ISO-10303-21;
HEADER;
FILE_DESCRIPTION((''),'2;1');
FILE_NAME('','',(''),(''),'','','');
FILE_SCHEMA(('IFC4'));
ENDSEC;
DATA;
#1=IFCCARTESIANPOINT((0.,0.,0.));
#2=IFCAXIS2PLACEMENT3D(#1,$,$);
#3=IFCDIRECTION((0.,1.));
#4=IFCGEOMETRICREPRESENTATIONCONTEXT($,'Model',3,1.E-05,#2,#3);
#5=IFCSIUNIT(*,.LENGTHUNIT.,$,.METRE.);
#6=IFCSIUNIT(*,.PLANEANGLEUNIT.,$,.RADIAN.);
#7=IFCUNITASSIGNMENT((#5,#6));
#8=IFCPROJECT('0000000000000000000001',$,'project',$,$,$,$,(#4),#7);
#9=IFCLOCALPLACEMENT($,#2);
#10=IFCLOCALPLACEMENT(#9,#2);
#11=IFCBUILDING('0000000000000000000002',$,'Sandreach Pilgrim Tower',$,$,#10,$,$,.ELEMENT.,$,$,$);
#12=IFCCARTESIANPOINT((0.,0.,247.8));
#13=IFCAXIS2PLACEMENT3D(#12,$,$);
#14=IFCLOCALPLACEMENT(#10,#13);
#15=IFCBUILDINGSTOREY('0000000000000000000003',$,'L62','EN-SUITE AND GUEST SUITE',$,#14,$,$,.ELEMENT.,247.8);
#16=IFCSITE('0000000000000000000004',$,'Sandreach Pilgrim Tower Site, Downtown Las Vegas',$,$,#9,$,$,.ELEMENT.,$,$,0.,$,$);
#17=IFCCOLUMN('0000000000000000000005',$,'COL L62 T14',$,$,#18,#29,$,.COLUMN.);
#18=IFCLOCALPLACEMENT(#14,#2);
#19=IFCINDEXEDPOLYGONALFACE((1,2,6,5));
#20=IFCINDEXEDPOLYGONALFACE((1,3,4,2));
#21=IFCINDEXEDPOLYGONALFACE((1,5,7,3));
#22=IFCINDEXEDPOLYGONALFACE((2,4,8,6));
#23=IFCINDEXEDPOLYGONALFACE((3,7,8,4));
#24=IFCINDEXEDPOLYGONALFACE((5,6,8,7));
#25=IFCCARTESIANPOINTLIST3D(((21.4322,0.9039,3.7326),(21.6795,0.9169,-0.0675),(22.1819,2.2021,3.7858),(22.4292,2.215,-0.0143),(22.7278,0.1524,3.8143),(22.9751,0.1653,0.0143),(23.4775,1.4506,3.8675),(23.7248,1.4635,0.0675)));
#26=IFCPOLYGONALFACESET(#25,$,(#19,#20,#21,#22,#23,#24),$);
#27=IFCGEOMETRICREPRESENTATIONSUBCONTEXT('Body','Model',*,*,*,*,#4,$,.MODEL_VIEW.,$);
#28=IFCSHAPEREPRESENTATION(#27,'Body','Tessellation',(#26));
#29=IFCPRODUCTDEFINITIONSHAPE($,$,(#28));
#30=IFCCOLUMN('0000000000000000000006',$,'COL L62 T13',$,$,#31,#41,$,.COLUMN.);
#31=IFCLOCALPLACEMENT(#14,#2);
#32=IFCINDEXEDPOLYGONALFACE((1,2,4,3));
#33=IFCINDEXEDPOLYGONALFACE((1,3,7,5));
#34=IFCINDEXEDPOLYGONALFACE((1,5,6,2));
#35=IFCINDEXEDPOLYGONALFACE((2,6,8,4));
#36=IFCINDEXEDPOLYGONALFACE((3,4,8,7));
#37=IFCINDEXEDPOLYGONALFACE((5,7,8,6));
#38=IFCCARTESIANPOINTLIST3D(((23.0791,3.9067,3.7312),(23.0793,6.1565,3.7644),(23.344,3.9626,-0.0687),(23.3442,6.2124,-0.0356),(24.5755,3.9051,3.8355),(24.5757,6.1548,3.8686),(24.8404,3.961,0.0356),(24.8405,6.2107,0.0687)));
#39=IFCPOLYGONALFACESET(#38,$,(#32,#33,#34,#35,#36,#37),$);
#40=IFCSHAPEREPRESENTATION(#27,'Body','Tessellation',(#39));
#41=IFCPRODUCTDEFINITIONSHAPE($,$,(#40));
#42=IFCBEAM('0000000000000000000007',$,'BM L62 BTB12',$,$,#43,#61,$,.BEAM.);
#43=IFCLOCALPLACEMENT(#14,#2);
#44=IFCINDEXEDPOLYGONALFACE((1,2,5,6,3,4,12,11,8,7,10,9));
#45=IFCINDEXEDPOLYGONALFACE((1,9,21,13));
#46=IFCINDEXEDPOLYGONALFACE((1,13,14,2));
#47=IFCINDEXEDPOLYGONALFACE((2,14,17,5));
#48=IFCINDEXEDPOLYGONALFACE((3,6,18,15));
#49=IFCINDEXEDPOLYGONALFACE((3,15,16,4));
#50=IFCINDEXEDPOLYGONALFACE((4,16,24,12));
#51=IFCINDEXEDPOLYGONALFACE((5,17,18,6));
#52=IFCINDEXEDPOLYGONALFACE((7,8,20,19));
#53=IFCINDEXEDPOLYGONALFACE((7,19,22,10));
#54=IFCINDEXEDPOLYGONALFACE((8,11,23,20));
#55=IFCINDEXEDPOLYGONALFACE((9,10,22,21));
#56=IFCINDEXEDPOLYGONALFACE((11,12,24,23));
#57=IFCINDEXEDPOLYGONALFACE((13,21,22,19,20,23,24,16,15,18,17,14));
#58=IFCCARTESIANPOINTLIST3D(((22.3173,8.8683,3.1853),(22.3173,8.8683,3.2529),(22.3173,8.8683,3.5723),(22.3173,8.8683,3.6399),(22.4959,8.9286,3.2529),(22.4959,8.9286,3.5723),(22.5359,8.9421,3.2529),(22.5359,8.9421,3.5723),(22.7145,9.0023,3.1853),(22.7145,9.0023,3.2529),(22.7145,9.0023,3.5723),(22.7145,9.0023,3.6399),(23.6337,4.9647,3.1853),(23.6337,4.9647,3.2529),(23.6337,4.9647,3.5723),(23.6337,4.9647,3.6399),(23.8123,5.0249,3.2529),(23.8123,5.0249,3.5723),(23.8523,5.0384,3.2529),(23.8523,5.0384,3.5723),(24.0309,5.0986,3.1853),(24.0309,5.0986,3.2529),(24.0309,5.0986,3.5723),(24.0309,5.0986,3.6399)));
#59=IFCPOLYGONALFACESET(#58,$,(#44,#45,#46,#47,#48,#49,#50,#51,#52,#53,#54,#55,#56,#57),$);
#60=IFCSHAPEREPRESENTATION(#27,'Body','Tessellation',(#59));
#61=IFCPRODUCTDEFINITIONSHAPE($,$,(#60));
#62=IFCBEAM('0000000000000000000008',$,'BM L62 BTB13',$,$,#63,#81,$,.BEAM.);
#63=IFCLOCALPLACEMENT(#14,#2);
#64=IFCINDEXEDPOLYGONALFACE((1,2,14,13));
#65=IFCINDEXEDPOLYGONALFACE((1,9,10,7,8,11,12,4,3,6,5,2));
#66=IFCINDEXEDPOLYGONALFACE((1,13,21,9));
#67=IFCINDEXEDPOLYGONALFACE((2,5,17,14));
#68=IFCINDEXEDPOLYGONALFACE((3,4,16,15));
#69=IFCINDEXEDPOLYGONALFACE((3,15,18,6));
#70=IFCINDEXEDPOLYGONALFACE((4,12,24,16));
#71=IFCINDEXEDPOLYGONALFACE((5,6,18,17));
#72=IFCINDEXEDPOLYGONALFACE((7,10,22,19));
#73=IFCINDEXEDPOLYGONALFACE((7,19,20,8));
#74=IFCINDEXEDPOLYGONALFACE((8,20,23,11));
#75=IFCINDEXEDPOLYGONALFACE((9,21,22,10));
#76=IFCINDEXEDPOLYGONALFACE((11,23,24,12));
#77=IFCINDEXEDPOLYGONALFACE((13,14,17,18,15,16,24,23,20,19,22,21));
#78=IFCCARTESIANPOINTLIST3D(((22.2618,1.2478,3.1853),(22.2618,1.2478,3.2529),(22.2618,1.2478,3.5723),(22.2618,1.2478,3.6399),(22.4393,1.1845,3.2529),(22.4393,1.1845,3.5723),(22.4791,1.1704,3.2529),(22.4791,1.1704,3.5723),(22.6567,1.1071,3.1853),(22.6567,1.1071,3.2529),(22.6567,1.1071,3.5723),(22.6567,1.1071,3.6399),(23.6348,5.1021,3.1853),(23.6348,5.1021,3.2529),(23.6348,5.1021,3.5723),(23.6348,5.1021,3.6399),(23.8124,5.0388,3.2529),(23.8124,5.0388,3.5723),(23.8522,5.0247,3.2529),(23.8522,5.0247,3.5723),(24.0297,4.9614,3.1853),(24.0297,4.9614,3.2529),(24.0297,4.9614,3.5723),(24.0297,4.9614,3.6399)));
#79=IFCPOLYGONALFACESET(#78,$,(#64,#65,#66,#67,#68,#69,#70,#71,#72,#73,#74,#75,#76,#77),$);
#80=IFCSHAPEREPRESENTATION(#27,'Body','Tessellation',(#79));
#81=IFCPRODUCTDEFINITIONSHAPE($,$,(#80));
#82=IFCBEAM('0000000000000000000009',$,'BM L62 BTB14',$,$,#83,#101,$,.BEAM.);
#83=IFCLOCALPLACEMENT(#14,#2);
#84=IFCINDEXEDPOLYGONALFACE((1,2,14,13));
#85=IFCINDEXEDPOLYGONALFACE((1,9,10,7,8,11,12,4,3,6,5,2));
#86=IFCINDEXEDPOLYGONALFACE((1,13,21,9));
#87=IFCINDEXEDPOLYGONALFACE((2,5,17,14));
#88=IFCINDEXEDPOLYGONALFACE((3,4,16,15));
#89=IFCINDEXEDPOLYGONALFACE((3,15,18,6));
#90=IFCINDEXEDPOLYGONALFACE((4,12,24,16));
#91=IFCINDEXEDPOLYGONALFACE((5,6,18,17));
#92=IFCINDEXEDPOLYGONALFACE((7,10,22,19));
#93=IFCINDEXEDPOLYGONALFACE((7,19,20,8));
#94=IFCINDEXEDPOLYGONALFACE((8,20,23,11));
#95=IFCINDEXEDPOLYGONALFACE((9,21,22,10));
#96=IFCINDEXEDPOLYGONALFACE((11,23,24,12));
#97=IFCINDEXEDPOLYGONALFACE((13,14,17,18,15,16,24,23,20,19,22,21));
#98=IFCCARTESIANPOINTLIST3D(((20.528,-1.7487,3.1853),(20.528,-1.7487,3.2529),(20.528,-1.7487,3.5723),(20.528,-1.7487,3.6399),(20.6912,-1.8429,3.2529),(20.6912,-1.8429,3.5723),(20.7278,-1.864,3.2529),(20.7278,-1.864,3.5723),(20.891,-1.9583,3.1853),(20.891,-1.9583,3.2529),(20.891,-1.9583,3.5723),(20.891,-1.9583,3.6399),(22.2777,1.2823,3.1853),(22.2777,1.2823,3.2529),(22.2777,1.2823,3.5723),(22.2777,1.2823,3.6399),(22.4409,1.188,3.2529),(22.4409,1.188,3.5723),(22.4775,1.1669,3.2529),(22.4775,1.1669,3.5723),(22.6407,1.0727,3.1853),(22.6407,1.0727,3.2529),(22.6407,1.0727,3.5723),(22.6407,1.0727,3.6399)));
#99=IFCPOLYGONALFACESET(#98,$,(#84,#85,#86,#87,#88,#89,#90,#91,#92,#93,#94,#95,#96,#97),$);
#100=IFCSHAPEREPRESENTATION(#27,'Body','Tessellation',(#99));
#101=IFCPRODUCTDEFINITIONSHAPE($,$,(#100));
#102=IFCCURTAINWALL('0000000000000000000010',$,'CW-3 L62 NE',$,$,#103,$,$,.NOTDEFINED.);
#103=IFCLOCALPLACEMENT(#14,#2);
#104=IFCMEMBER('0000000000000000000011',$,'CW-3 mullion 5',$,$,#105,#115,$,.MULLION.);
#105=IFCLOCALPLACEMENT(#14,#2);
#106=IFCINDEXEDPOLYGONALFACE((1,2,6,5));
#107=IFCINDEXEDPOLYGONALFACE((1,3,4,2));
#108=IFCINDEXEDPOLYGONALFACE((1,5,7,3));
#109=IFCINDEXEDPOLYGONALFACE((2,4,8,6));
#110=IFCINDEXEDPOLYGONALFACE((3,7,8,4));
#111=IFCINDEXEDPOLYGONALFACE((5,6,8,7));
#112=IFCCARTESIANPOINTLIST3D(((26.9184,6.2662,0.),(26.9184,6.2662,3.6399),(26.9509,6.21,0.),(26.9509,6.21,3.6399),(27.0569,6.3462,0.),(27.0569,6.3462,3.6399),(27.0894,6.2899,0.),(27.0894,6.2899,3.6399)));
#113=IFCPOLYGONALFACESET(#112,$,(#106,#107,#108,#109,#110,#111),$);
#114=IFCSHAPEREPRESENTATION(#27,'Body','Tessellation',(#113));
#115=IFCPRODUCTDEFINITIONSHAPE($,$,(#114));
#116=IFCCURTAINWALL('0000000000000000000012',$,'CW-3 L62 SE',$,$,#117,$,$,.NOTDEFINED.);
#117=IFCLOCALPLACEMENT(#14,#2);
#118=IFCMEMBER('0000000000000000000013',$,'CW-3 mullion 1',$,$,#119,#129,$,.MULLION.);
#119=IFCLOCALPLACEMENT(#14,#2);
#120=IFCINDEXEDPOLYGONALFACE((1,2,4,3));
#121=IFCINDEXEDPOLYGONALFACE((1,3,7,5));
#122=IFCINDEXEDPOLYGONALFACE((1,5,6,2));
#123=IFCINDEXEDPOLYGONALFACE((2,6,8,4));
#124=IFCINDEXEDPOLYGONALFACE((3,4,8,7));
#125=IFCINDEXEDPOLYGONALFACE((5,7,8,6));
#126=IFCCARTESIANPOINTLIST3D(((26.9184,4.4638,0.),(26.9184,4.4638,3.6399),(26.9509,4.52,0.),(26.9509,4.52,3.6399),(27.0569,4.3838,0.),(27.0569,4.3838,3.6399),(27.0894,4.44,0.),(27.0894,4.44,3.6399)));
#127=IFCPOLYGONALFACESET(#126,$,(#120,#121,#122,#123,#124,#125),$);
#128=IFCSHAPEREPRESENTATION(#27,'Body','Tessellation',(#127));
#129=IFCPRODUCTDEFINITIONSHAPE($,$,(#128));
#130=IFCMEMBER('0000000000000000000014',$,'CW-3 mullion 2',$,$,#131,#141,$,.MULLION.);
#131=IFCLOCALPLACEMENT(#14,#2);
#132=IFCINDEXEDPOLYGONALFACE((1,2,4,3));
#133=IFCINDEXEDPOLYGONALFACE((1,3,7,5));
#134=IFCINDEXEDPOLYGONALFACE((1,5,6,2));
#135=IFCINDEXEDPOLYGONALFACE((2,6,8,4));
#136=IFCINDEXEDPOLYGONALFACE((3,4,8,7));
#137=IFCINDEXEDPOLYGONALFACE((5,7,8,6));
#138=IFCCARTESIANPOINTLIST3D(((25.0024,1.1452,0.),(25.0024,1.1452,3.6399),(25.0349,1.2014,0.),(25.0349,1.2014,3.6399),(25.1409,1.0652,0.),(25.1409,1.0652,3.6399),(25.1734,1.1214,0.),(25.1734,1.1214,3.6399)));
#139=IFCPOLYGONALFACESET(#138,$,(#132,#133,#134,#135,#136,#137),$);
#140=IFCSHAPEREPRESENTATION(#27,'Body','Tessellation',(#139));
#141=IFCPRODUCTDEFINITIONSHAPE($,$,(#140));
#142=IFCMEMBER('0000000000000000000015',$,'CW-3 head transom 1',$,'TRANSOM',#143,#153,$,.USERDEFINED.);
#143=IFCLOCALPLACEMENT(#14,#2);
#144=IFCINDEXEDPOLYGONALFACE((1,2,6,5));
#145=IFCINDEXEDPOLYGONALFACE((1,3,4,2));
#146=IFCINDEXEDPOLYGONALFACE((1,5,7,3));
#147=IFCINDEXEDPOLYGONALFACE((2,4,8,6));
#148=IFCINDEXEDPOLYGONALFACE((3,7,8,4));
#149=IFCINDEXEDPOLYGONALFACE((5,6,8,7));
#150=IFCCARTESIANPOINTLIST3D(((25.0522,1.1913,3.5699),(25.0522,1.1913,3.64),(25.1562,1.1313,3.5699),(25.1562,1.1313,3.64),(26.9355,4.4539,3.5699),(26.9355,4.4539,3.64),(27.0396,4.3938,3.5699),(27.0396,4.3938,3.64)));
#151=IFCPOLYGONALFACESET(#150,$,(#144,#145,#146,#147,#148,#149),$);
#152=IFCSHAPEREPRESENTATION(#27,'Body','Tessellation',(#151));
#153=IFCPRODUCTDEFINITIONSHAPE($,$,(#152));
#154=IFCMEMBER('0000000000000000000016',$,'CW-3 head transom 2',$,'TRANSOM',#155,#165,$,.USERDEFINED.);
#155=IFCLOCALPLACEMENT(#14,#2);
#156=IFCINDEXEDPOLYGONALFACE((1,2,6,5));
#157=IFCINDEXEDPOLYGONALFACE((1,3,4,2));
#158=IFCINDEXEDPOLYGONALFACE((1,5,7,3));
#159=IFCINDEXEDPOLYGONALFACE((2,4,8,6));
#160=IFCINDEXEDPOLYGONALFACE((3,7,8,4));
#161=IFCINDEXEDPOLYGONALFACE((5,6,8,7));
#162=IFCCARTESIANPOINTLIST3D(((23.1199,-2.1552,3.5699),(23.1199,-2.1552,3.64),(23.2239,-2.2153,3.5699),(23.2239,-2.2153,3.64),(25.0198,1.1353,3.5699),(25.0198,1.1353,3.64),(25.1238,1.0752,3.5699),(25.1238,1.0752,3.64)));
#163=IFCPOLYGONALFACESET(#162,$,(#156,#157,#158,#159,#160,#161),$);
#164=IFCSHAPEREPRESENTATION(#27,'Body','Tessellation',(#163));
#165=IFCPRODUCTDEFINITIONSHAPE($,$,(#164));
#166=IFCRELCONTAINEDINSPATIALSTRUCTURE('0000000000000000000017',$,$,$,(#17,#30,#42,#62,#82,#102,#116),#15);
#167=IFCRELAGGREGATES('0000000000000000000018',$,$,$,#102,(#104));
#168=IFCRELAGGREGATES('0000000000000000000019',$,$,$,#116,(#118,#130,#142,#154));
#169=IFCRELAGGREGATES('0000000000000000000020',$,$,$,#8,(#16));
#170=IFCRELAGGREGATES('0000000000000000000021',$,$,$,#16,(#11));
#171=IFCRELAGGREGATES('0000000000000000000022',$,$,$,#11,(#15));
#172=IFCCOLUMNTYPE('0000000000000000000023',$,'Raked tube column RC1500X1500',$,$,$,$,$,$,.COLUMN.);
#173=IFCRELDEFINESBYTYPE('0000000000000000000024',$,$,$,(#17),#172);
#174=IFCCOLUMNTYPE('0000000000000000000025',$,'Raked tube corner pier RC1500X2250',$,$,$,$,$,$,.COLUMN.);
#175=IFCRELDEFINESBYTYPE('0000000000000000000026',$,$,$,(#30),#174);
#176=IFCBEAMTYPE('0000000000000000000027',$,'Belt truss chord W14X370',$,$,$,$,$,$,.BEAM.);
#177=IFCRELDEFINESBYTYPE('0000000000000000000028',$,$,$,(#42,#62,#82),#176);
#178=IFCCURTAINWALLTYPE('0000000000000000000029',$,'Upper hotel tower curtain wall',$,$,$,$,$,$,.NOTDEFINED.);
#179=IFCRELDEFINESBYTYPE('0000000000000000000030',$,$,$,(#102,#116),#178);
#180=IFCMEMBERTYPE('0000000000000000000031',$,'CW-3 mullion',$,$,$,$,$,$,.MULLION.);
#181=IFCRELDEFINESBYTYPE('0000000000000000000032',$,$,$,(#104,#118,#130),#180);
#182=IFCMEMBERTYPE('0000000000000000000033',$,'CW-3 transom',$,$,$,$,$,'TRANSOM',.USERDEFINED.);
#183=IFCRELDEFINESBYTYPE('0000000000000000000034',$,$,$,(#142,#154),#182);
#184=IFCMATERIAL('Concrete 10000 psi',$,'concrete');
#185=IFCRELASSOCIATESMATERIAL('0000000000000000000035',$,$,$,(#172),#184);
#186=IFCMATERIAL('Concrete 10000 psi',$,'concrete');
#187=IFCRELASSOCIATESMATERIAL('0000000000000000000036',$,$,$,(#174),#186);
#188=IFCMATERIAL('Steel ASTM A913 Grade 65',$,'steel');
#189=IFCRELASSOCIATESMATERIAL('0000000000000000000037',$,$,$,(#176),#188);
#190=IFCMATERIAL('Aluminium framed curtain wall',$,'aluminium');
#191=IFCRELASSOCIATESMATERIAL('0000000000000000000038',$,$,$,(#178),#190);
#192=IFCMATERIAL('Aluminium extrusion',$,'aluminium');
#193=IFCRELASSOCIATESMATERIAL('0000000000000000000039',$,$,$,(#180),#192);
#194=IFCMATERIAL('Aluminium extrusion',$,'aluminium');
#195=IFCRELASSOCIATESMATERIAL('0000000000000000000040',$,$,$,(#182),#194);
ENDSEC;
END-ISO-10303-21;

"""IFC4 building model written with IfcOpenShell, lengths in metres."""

from ifc_helpers import new_model, si_unit, direction, frame, origin, origin_2d, place, context, subcontext, project, spatial, rectangle, i_section, extrude, material, material_profile, profile_set, type_object, element, aggregate, save


model = new_model("IFC4")

# Units and contexts
model_context = context("Model", 3, precision=1e-05, world=origin(), true_north=direction((0.0, 1.0)))
body_context = subcontext(model_context, "Body", "Model", "MODEL_VIEW")
ifc_project = project(units=[si_unit("LENGTHUNIT", "METRE"), si_unit("PLANEANGLEUNIT", "RADIAN")], contexts=[model_context])

# Site, building, storey
site_placement = place(None, origin())
site = spatial("IfcSite", under=ifc_project, at=site_placement, Name="Sandreach Pilgrim Tower Site, Downtown Las Vegas", CompositionType="ELEMENT", RefElevation=0.0)
building_placement = place(site_placement, origin())
building = spatial("IfcBuilding", under=site, at=building_placement, Name="Sandreach Pilgrim Tower", CompositionType="ELEMENT")
storey_placement = place(building_placement, frame((0.0, 0.0, 247.8)))
storey = spatial("IfcBuildingStorey", under=building, at=storey_placement, Name="L62", Description="EN-SUITE AND GUEST SUITE", CompositionType="ELEMENT", Elevation=247.8)

# Columns
ifc_material_1 = material(Name="Concrete 10000 psi", Category="concrete")
ifc_material_profile_1 = material_profile(ifc_material_1, rectangle(XDim=1.5, YDim=1.5, at=origin_2d()), Name="RC1500X1500")
ifc_profile_set_1 = profile_set([ifc_material_profile_1], Name="Concrete 10000 psi")
column_type_1 = type_object("IfcColumnType", Name="Raked tube column RC1500X1500", PredefinedType="COLUMN", material=ifc_profile_set_1)
column_1_placement = place(storey_placement, frame((22.7021, 1.1902, 0.0), z_axis=(-0.064944, -0.003398, 0.997883), x_axis=(0.863717, -0.50102, 0.054506)))
element("IfcColumn", 1, at=column_1_placement, inside=storey, type_object=column_type_1, Name="COL L62 T14", PredefinedType="COLUMN", context=body_context, shape_type="SweptSolid", body=[
    extrude(rectangle(XDim=1.5, YDim=1.5, at=origin_2d()), origin(), (0.0, 0.0, 1.0), 3.8081),
])
ifc_material_2 = material(Name="Concrete 10000 psi", Category="concrete")
ifc_material_profile_2 = material_profile(ifc_material_2, rectangle(XDim=1.5, YDim=2.25, at=origin_2d()), Name="RC1500X2250")
ifc_profile_set_2 = profile_set([ifc_material_profile_2], Name="Concrete 10000 psi")
column_type_2 = type_object("IfcColumnType", Name="Raked tube corner pier RC1500X2250", PredefinedType="COLUMN", material=ifc_profile_set_2)
column_2_placement = place(storey_placement, frame((24.0923, 5.0867, 0.0), z_axis=(-0.069531, -0.014675, 0.997472), x_axis=(0.99758, -0.001093, 0.069523)))
element("IfcColumn", 2, at=column_2_placement, inside=storey, type_object=column_type_2, Name="COL L62 T13", PredefinedType="COLUMN", context=body_context, shape_type="SweptSolid", body=[
    extrude(rectangle(XDim=1.5, YDim=2.25, at=origin_2d()), origin(), (0.0, 0.0, 1.0), 3.8096),
])

# Beams
ifc_material_3 = material(Name="Steel ASTM A913 Grade 65", Category="steel")
ifc_material_profile_3 = material_profile(ifc_material_3, i_section(OverallWidth=0.4192, OverallDepth=0.4546, WebThickness=0.0422, FlangeThickness=0.0676, at=origin_2d()), Name="W14X370")
ifc_profile_set_3 = profile_set([ifc_material_profile_3], Name="Steel ASTM A913 Grade 65")
beam_type_1 = type_object("IfcBeamType", Name="Belt truss chord W14X370", PredefinedType="BEAM", material=ifc_profile_set_3)
beam_1_placement = place(storey_placement, frame((22.5159, 8.9353, 3.4126), z_axis=(0.319551, -0.947569, 0.0), x_axis=(0.947569, 0.319551, 0.0)))
element("IfcBeam", 3, at=beam_1_placement, inside=storey, type_object=beam_type_1, Name="BM L62 BTB12", PredefinedType="BEAM", context=body_context, shape_type="SweptSolid", body=[
    extrude(i_section(OverallWidth=0.4192, OverallDepth=0.4546, WebThickness=0.0422, FlangeThickness=0.0676, at=origin_2d()), origin(), (0.0, 0.0, 1.0), 4.1196),
])
beam_2_placement = place(storey_placement, frame((23.8323, 5.0317, 3.4126), z_axis=(-0.335584, -0.94201, 0.0), x_axis=(0.94201, -0.335584, 0.0)))
element("IfcBeam", 4, at=beam_2_placement, inside=storey, type_object=beam_type_1, Name="BM L62 BTB13", PredefinedType="BEAM", context=body_context, shape_type="SweptSolid", body=[
    extrude(i_section(OverallWidth=0.4192, OverallDepth=0.4546, WebThickness=0.0422, FlangeThickness=0.0676, at=origin_2d()), origin(), (0.0, 0.0, 1.0), 4.0916),
])
beam_3_placement = place(storey_placement, frame((22.4592, 1.1775, 3.4126), z_axis=(-0.499958, -0.86605, 0.0), x_axis=(0.86605, -0.499958, 0.0)))
element("IfcBeam", 5, at=beam_3_placement, inside=storey, type_object=beam_type_1, Name="BM L62 BTB14", PredefinedType="BEAM", context=body_context, shape_type="SweptSolid", body=[
    extrude(i_section(OverallWidth=0.4192, OverallDepth=0.4546, WebThickness=0.0422, FlangeThickness=0.0676, at=origin_2d()), origin(), (0.0, 0.0, 1.0), 3.4998),
])

# Curtain wall, member
ifc_material_4 = material(Name="Aluminium framed curtain wall", Category="aluminium")
curtain_wall_type = type_object("IfcCurtainWallType", Name="Upper hotel tower curtain wall", PredefinedType="NOTDEFINED", material=ifc_material_4)
curtain_wall_1_placement = place(storey_placement, origin())
curtain_wall_1 = element("IfcCurtainWall", 6, at=curtain_wall_1_placement, inside=storey, type_object=curtain_wall_type, Name="CW-3 L62 NE", PredefinedType="NOTDEFINED")
ifc_material_5 = material(Name="Aluminium extrusion", Category="aluminium")
ifc_material_profile_4 = material_profile(ifc_material_5, rectangle(XDim=0.0649, YDim=0.1599, at=origin_2d()), Name="CW-3M 65X160")
ifc_profile_set_4 = profile_set([ifc_material_profile_4], Name="Aluminium extrusion")
member_type_1 = type_object("IfcMemberType", Name="CW-3 mullion", PredefinedType="MULLION", material=ifc_profile_set_4)
member_1_placement = place(storey_placement, frame((27.0039, 6.2781, 0.0), z_axis=(0.0, 0.0, 1.0), x_axis=(0.5, -0.866025, 0.0)))
member_1 = element("IfcMember", 7, at=member_1_placement, type_object=member_type_1, Name="CW-3 mullion 5", PredefinedType="MULLION", context=body_context, shape_type="SweptSolid", body=[
    extrude(rectangle(XDim=0.0649, YDim=0.1599, at=origin_2d()), origin(), (0.0, 0.0, 1.0), 3.6399),
])

# Curtain wall, members
curtain_wall_2_placement = place(storey_placement, origin())
curtain_wall_2 = element("IfcCurtainWall", 8, at=curtain_wall_2_placement, inside=storey, type_object=curtain_wall_type, Name="CW-3 L62 SE", PredefinedType="NOTDEFINED")
member_2_placement = place(storey_placement, frame((27.0039, 4.4519, 0.0), z_axis=(0.0, 0.0, 1.0), x_axis=(-0.5, -0.866025, 0.0)))
member_2 = element("IfcMember", 9, at=member_2_placement, type_object=member_type_1, Name="CW-3 mullion 1", PredefinedType="MULLION", context=body_context, shape_type="SweptSolid", body=[
    extrude(rectangle(XDim=0.0649, YDim=0.1599, at=origin_2d()), origin(), (0.0, 0.0, 1.0), 3.6399),
])
member_3_placement = place(storey_placement, frame((25.0879, 1.1333, 0.0), z_axis=(0.0, 0.0, 1.0), x_axis=(-0.5, -0.866025, 0.0)))
member_3 = element("IfcMember", 10, at=member_3_placement, type_object=member_type_1, Name="CW-3 mullion 2", PredefinedType="MULLION", context=body_context, shape_type="SweptSolid", body=[
    extrude(rectangle(XDim=0.0649, YDim=0.1599, at=origin_2d()), origin(), (0.0, 0.0, 1.0), 3.6399),
])
ifc_material_6 = material(Name="Aluminium extrusion", Category="aluminium")
ifc_material_profile_5 = material_profile(ifc_material_6, rectangle(XDim=0.1201, YDim=0.0701, at=origin_2d()), Name="CW-3T 120X70")
ifc_profile_set_5 = profile_set([ifc_material_profile_5], Name="Aluminium extrusion")
member_type_2 = type_object("IfcMemberType", Name="CW-3 transom", ElementType="TRANSOM", PredefinedType="USERDEFINED", material=ifc_profile_set_5)
member_4_placement = place(storey_placement, frame((26.9875, 4.4238, 3.605), z_axis=(-0.499945, -0.866057, 0.0), x_axis=(0.866057, -0.499945, 0.0)))
member_4 = element("IfcMember", 11, at=member_4_placement, type_object=member_type_2, Name="CW-3 head transom 1", ObjectType="TRANSOM", PredefinedType="USERDEFINED", context=body_context, shape_type="SweptSolid", body=[
    extrude(rectangle(XDim=0.1201, YDim=0.0701, at=origin_2d()), origin(), (0.0, 0.0, 1.0), 3.7671),
])
member_5_placement = place(storey_placement, frame((25.0718, 1.1052, 3.605), z_axis=(-0.500023, -0.866012, 0.0), x_axis=(0.866012, -0.500023, 0.0)))
member_5 = element("IfcMember", 12, at=member_5_placement, type_object=member_type_2, Name="CW-3 head transom 2", ObjectType="TRANSOM", PredefinedType="USERDEFINED", context=body_context, shape_type="SweptSolid", body=[
    extrude(rectangle(XDim=0.1201, YDim=0.0701, at=origin_2d()), origin(), (0.0, 0.0, 1.0), 3.7996),
])

aggregate(curtain_wall_1, [member_1])
aggregate(curtain_wall_2, [member_2, member_3, member_4, member_5])

save(model, "model.ifc")
